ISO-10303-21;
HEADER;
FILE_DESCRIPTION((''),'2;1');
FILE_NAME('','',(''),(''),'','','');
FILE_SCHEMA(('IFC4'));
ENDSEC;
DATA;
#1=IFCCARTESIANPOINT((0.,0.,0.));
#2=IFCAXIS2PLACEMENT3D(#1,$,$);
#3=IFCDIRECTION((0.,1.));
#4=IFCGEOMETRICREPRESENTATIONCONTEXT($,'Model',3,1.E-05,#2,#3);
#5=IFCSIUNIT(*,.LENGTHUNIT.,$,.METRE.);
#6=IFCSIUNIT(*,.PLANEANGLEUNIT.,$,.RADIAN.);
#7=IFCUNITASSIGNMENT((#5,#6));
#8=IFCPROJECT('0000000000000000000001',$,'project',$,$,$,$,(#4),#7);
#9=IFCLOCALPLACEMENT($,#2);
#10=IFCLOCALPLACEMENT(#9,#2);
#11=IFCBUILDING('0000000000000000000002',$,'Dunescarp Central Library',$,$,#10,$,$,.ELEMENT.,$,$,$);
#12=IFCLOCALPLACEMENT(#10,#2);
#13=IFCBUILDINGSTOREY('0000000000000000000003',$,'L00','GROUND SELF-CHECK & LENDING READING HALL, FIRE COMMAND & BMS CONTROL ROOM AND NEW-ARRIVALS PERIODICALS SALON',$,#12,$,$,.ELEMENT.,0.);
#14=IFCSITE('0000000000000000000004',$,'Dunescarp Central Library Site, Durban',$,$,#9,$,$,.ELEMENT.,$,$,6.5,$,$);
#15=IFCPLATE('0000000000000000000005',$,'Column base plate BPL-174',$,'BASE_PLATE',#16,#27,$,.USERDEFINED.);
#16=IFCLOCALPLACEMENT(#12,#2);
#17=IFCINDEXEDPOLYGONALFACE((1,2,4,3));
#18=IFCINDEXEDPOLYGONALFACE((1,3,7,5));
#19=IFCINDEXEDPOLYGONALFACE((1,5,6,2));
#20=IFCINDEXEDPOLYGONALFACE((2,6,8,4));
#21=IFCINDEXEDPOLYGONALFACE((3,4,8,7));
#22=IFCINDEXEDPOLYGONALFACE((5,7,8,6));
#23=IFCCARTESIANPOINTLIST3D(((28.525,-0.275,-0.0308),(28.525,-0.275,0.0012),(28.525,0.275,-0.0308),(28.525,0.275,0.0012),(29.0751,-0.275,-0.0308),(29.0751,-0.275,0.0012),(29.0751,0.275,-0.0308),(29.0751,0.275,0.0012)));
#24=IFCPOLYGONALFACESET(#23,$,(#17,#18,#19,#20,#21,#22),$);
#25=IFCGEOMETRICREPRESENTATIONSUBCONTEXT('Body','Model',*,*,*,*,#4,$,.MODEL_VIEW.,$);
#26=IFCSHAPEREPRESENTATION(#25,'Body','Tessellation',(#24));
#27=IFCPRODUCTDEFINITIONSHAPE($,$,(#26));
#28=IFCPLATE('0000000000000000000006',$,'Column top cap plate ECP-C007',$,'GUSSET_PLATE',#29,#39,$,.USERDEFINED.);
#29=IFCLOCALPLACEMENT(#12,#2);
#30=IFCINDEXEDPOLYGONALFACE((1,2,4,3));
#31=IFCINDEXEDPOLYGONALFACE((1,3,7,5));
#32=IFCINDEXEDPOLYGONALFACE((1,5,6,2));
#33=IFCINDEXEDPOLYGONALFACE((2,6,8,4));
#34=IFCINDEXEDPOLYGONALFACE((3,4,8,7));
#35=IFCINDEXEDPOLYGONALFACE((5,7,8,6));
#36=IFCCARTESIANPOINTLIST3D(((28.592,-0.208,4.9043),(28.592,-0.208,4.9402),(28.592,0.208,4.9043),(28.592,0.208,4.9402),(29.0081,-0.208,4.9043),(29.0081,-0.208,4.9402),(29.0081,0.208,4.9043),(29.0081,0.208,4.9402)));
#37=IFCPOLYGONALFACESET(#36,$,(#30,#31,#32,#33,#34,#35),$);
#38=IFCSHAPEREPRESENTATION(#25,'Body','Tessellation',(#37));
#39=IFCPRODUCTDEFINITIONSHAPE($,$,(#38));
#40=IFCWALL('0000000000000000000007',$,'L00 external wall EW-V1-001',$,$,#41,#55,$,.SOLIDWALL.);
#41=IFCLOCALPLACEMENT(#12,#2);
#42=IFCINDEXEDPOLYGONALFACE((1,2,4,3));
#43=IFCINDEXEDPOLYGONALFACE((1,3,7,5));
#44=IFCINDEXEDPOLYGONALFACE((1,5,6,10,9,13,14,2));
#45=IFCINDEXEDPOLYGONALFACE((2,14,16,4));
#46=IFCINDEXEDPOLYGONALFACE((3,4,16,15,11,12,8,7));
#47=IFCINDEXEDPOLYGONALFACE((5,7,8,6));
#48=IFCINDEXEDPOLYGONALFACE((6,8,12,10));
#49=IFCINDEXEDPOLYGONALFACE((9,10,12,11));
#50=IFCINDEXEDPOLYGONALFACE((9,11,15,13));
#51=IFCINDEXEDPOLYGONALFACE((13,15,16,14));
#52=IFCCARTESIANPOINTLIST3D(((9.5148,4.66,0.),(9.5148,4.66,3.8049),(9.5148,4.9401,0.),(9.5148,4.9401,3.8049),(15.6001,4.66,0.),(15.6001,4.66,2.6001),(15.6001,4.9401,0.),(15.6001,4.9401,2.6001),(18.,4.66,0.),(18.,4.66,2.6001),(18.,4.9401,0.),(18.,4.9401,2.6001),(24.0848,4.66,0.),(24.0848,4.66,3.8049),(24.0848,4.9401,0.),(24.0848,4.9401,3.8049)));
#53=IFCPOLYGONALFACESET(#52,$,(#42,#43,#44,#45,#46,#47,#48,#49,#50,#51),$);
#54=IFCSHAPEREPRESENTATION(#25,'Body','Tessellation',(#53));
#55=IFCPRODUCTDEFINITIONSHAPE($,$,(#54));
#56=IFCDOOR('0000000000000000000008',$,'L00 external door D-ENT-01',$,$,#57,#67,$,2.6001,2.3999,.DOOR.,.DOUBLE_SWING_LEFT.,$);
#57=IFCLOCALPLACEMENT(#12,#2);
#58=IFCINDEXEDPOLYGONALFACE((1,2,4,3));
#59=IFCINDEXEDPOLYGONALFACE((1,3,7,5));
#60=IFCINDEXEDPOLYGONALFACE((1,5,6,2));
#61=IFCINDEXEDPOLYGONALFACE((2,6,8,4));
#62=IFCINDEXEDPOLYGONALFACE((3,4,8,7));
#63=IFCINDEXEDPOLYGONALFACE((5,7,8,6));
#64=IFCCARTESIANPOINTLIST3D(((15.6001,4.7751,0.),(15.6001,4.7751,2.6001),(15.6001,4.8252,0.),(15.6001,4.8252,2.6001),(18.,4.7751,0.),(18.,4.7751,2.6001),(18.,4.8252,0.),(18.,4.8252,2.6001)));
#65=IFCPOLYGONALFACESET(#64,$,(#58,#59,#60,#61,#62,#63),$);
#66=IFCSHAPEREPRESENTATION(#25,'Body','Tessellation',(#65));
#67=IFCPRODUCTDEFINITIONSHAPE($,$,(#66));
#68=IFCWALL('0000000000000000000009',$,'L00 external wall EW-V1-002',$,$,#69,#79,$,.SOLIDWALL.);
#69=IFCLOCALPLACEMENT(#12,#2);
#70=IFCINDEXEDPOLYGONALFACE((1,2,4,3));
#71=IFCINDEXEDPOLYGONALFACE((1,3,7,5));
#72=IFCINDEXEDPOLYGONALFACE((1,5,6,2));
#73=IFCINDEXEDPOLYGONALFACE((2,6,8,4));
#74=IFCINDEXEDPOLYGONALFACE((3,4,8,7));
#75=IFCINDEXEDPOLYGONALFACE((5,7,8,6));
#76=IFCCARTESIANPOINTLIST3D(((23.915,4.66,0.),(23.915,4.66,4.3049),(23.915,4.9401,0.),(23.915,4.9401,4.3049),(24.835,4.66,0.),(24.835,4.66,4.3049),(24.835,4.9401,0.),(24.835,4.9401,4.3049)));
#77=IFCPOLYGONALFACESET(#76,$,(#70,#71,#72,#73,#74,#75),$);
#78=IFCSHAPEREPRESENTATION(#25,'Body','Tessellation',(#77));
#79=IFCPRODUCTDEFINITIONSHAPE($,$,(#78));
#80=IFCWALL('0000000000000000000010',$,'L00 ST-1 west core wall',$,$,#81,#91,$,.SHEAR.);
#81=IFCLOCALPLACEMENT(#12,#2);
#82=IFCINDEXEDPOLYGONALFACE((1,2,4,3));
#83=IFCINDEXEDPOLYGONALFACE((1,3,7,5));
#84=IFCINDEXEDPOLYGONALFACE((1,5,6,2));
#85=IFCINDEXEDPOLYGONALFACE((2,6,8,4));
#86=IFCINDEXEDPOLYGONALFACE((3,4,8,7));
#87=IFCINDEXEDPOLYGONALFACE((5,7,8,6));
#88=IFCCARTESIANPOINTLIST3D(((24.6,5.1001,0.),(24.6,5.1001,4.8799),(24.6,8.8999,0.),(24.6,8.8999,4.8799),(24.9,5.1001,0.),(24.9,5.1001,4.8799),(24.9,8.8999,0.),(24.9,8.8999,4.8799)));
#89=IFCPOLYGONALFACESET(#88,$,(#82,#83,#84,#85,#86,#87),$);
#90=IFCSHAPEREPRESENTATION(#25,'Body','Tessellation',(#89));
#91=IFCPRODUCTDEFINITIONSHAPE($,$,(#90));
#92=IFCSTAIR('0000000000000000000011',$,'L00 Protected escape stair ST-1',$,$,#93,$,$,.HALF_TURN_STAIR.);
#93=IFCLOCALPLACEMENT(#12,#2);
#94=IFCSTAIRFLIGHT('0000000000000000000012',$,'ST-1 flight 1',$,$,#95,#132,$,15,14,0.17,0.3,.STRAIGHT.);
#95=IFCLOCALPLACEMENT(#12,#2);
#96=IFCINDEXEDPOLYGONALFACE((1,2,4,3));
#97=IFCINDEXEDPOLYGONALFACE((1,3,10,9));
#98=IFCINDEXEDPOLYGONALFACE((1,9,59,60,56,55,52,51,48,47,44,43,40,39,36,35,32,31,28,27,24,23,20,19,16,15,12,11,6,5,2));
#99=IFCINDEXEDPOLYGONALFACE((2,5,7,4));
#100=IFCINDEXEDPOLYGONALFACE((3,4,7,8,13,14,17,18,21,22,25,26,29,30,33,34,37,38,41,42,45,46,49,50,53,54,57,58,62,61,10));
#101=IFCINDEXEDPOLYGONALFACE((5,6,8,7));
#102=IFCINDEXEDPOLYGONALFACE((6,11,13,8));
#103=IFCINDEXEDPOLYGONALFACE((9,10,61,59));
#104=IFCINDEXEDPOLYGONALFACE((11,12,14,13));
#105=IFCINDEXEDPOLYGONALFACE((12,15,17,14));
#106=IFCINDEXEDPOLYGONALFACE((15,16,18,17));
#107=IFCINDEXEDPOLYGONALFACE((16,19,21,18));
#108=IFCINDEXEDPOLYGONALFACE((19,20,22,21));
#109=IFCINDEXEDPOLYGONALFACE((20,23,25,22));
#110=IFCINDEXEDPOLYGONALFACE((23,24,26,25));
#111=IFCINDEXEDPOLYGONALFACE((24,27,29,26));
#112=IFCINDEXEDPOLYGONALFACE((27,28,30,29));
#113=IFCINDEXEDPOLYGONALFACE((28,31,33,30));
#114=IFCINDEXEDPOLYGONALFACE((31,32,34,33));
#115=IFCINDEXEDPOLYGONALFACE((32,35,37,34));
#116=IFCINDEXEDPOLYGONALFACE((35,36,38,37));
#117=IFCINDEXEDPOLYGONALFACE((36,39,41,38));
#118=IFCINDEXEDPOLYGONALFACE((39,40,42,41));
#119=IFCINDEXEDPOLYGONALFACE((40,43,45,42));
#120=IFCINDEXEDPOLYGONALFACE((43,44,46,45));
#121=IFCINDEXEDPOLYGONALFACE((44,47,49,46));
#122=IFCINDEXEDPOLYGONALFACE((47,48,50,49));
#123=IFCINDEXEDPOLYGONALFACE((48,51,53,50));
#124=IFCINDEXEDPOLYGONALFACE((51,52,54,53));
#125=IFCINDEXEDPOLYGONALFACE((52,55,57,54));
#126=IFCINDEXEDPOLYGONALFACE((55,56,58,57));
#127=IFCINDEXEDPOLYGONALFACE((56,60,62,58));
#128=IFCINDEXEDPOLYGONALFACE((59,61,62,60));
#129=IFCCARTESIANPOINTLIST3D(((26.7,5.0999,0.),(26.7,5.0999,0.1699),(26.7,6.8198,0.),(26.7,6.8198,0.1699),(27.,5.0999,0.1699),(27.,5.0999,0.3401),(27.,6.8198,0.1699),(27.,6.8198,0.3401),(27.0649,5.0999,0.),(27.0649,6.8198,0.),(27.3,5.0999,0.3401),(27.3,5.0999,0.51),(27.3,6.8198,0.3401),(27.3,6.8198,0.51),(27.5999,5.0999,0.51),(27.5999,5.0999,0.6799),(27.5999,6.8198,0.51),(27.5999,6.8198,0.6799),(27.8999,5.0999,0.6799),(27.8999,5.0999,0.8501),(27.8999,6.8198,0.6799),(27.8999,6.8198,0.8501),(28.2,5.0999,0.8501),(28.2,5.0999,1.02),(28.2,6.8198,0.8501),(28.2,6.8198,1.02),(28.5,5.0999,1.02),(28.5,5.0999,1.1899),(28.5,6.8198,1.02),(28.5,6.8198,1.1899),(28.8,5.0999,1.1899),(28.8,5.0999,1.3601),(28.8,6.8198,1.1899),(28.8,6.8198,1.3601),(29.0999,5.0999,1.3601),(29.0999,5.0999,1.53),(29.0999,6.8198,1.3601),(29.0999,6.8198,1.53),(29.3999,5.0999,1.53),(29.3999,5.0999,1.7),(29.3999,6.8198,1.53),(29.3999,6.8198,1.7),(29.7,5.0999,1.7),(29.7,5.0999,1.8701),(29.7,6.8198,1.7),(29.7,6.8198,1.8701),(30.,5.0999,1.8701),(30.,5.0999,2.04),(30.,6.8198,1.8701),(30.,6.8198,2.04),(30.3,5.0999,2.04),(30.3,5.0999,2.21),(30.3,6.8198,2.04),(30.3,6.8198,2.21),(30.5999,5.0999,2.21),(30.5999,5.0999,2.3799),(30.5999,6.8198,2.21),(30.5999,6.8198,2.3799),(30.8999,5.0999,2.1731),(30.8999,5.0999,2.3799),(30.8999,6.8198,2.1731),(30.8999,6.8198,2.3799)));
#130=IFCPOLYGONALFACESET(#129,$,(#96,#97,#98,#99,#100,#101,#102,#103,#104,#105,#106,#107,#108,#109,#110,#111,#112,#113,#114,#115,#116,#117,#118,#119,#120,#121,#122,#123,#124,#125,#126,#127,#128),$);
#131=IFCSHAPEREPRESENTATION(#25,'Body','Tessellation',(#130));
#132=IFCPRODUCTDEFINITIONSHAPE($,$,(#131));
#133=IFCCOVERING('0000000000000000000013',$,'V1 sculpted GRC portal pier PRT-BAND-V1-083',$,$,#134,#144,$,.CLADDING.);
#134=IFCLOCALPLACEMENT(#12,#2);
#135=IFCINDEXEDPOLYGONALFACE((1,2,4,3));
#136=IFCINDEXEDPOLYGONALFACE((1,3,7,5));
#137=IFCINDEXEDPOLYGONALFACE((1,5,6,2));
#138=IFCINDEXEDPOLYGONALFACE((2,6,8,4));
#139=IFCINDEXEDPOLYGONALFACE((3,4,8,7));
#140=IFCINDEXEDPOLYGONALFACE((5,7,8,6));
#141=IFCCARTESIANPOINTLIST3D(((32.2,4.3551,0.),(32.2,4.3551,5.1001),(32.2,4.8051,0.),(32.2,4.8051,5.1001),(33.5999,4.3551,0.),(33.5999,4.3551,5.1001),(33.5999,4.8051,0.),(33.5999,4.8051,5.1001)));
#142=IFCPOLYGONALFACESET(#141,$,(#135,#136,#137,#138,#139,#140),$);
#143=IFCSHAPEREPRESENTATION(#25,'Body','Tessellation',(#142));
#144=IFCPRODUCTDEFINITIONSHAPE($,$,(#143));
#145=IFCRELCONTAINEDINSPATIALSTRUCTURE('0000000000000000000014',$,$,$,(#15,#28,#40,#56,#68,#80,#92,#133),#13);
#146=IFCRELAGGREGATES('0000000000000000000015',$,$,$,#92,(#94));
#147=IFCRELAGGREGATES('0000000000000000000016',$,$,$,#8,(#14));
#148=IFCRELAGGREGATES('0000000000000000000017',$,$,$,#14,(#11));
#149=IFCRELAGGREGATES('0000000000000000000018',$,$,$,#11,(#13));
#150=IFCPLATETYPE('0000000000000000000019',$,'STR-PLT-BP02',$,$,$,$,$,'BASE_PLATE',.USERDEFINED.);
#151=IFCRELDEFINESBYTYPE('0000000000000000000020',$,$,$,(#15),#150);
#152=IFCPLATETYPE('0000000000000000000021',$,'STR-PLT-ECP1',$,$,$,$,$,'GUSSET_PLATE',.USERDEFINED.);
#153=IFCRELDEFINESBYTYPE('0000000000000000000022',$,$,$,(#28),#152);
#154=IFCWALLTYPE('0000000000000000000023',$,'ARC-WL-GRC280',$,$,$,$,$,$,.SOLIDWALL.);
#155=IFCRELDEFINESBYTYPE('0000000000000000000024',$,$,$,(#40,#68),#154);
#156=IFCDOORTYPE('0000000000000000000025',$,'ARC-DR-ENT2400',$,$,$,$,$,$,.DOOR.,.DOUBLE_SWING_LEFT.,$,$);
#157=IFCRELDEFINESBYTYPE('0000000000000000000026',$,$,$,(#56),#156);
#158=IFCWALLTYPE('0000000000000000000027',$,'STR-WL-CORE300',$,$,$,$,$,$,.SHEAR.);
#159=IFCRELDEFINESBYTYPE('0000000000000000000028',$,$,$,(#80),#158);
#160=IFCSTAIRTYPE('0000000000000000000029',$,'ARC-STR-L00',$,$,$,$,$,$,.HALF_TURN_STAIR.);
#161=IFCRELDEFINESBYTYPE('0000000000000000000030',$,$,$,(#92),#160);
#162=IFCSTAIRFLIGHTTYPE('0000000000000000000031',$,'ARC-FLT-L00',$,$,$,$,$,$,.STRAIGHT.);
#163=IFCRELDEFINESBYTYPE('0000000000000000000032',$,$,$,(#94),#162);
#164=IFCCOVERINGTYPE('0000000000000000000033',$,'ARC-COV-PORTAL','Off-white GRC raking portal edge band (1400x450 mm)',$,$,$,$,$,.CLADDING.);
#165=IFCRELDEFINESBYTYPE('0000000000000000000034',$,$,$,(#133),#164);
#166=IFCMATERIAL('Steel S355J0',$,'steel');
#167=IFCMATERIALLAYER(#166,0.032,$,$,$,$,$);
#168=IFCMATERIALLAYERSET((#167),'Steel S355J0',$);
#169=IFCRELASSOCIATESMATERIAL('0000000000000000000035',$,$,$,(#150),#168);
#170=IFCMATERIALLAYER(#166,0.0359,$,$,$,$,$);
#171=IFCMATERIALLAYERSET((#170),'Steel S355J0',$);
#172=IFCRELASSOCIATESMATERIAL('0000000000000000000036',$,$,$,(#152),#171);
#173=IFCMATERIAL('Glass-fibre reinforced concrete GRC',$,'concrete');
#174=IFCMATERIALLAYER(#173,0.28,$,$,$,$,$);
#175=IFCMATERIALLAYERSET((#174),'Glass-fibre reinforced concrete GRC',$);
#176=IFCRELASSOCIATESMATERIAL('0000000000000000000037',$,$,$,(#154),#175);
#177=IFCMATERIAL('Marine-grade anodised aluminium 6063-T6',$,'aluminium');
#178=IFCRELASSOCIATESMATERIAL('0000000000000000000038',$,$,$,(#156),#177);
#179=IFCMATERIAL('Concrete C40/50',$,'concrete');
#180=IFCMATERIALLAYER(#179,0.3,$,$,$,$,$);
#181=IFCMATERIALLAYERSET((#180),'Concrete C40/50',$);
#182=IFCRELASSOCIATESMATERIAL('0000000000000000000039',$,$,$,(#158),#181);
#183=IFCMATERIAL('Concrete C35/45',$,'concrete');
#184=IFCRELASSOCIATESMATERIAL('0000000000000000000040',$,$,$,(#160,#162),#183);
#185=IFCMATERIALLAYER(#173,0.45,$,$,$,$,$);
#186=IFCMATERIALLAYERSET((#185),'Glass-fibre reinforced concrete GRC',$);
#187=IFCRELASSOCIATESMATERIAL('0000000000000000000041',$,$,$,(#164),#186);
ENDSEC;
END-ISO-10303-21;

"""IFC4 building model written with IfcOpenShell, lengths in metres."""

from ifc_helpers import new_model, si_unit, direction, frame, frame_2d, origin, origin_2d, place, context, subcontext, project, spatial, polyline, rectangle, outline, extrude, material, layer, layer_set, type_object, element, fill, aggregate, save


model = new_model("IFC4")

# Units and contexts
model_context = context("Model", 3, precision=1e-05, world=origin(), true_north=direction((0.0, 1.0)))
body_context = subcontext(model_context, "Body", "Model", "MODEL_VIEW")
ifc_project = project(units=[si_unit("LENGTHUNIT", "METRE"), si_unit("PLANEANGLEUNIT", "RADIAN")], contexts=[model_context])

# Site, building, storey
site_placement = place(None, origin())
site = spatial("IfcSite", under=ifc_project, at=site_placement, Name="Dunescarp Central Library Site, Durban", CompositionType="ELEMENT", RefElevation=6.5)
building_placement = place(site_placement, origin())
building = spatial("IfcBuilding", under=site, at=building_placement, Name="Dunescarp Central Library", CompositionType="ELEMENT")
storey_placement = place(building_placement, origin())
storey = spatial("IfcBuildingStorey", under=building, at=storey_placement, Name="L00", Description="GROUND SELF-CHECK & LENDING READING HALL, FIRE COMMAND & BMS CONTROL ROOM AND NEW-ARRIVALS PERIODICALS SALON", CompositionType="ELEMENT", Elevation=0.0)

# Shared definitions
ifc_material_1 = material(Name="Concrete C35/45", Category="concrete")
ifc_material_2 = material(Name="Concrete C40/50", Category="concrete")

# Shared definitions
ifc_material_3 = material(Name="Steel S355J0", Category="steel")

# Plates
ifc_layer_1 = layer(ifc_material_3, 0.032)
ifc_layer_set_1 = layer_set([ifc_layer_1], Name="Steel S355J0")
plate_type_1 = type_object("IfcPlateType", Name="STR-PLT-BP02", ElementType="BASE_PLATE", PredefinedType="USERDEFINED", material=ifc_layer_set_1)
plate_1_placement = place(storey_placement, frame((28.8, 0.0, -0.0308), z_axis=(0.0, 0.0, 1.0), x_axis=(1.0, 0.0, 0.0)))
element("IfcPlate", 1, at=plate_1_placement, inside=storey, type_object=plate_type_1, Name="Column base plate BPL-174", ObjectType="BASE_PLATE", PredefinedType="USERDEFINED", context=body_context, shape_type="SweptSolid", body=[
    extrude(rectangle(XDim=0.55, YDim=0.55, at=origin_2d()), origin(), (0.0, 0.0, 1.0), 0.032),
])
ifc_layer_2 = layer(ifc_material_3, 0.0359)
ifc_layer_set_2 = layer_set([ifc_layer_2], Name="Steel S355J0")
plate_type_2 = type_object("IfcPlateType", Name="STR-PLT-ECP1", ElementType="GUSSET_PLATE", PredefinedType="USERDEFINED", material=ifc_layer_set_2)
plate_2_placement = place(storey_placement, frame((28.8, 0.0, 4.9043), z_axis=(0.0, 0.0, 1.0), x_axis=(1.0, 0.0, 0.0)))
element("IfcPlate", 2, at=plate_2_placement, inside=storey, type_object=plate_type_2, Name="Column top cap plate ECP-C007", ObjectType="GUSSET_PLATE", PredefinedType="USERDEFINED", context=body_context, shape_type="SweptSolid", body=[
    extrude(rectangle(XDim=0.416, YDim=0.416, at=origin_2d()), origin(), (0.0, 0.0, 1.0), 0.0359),
])

# Wall, opening, door
ifc_material_4 = material(Name="Glass-fibre reinforced concrete GRC", Category="concrete")
ifc_layer_3 = layer(ifc_material_4, 0.28)
ifc_layer_set_3 = layer_set([ifc_layer_3], Name="Glass-fibre reinforced concrete GRC")
wall_type_1 = type_object("IfcWallType", Name="ARC-WL-GRC280", PredefinedType="SOLIDWALL", material=ifc_layer_set_3)
wall_1_placement = place(storey_placement, frame((24.085, 4.8, 0.0), z_axis=(0.0, 0.0, 1.0), x_axis=(-1.0, 0.0, 0.0)))
wall_1 = element("IfcWall", 3, at=wall_1_placement, inside=storey, type_object=wall_type_1, Name="L00 external wall EW-V1-001", PredefinedType="SOLIDWALL", context=body_context, shape_type="SweptSolid", body=[
    extrude(rectangle(XDim=14.5701, YDim=0.28, at=frame_2d((7.2852, 0.0))), origin(), (0.0, 0.0, 1.0), 3.8049),
])
opening_1_placement = place(wall_1_placement, frame((6.085, 0.0, 0.0)))
opening_1 = element("IfcOpeningElement", 4, at=opening_1_placement, cuts=wall_1, PredefinedType="OPENING", context=body_context, shape_type="SweptSolid", body=[
    extrude(rectangle(XDim=2.3999, YDim=2.6001, at=frame_2d((1.2, 1.3))), frame((0.0, 0.1499, 0.0), z_axis=(0.0, -1.0, 0.0), x_axis=(1.0, 0.0, 0.0)), (0.0, 0.0, 1.0), 0.3),
])
ifc_material_5 = material(Name="Marine-grade anodised aluminium 6063-T6", Category="aluminium")
door_type_1 = type_object("IfcDoorType", Name="ARC-DR-ENT2400", OperationType="DOUBLE_SWING_LEFT", PredefinedType="DOOR", material=ifc_material_5)
door_1_placement = place(opening_1_placement, origin())
door_1 = element("IfcDoor", 5, at=door_1_placement, inside=storey, type_object=door_type_1, Name="L00 external door D-ENT-01", OperationType="DOUBLE_SWING_LEFT", OverallHeight=2.6001, OverallWidth=2.3999, PredefinedType="DOOR", context=body_context, shape_type="SweptSolid", body=[
    extrude(rectangle(XDim=2.3999, YDim=2.6001, at=frame_2d((1.2, 1.3))), frame((0.0, 0.0249, 0.0), z_axis=(0.0, -1.0, 0.0), x_axis=(1.0, 0.0, 0.0)), (0.0, 0.0, 1.0), 0.05),
])
fill(opening_1, door_1)

# Wall
wall_2_placement = place(storey_placement, frame((24.835, 4.8, 0.0), z_axis=(0.0, 0.0, 1.0), x_axis=(-1.0, 0.0, 0.0)))
element("IfcWall", 6, at=wall_2_placement, inside=storey, type_object=wall_type_1, Name="L00 external wall EW-V1-002", PredefinedType="SOLIDWALL", context=body_context, shape_type="SweptSolid", body=[
    extrude(rectangle(XDim=0.9199, YDim=0.28, at=frame_2d((0.46, 0.0))), origin(), (0.0, 0.0, 1.0), 4.3049),
])

# Shared definitions
ifc_layer_4 = layer(ifc_material_2, 0.3)
ifc_layer_set_4 = layer_set([ifc_layer_4], Name="Concrete C40/50")
wall_type_2 = type_object("IfcWallType", Name="STR-WL-CORE300", PredefinedType="SHEAR", material=ifc_layer_set_4)

# Wall
wall_3_placement = place(storey_placement, frame((24.75, 5.1001, 0.0), z_axis=(0.0, 0.0, 1.0), x_axis=(0.0, 1.0, 0.0)))
element("IfcWall", 7, at=wall_3_placement, inside=storey, type_object=wall_type_2, Name="L00 ST-1 west core wall", PredefinedType="SHEAR", context=body_context, shape_type="SweptSolid", body=[
    extrude(rectangle(XDim=3.7998, YDim=0.3, at=frame_2d((1.8999, 0.0))), origin(), (0.0, 0.0, 1.0), 4.8799),
])

# Stair, stair flight
stair_type = type_object("IfcStairType", Name="ARC-STR-L00", PredefinedType="HALF_TURN_STAIR", material=ifc_material_1)
stair_placement = place(storey_placement, origin())
stair = element("IfcStair", 8, at=stair_placement, inside=storey, type_object=stair_type, Name="L00 Protected escape stair ST-1", PredefinedType="HALF_TURN_STAIR")
stair_flight_type = type_object("IfcStairFlightType", Name="ARC-FLT-L00", PredefinedType="STRAIGHT", material=ifc_material_1)
stair_flight_placement = place(storey_placement, frame((26.7, 5.96, 0.0), z_axis=(0.0, 0.0, 1.0), x_axis=(1.0, 0.0, 0.0)))
stair_flight = element("IfcStairFlight", 9, at=stair_flight_placement, type_object=stair_flight_type, Name="ST-1 flight 1", NumberOfRisers=15, NumberOfTreads=14, PredefinedType="STRAIGHT", RiserHeight=0.17, TreadLength=0.3, context=body_context, shape_type="SweptSolid", body=[
    extrude(outline(polyline([(0.0, 0.0), (0.0, 0.1699), (0.3, 0.1699), (0.3, 0.3401), (0.6001, 0.3401), (0.6001, 0.51), (0.8999, 0.51), (0.8999, 0.6799), (1.2, 0.6799), (1.2, 0.8501), (1.5, 0.8501), (1.5, 1.02), (1.8, 1.02), (1.8, 1.1899), (2.1001, 1.1899), (2.1001, 1.3601), (2.3999, 1.3601), (2.3999, 1.53), (2.7, 1.53), (2.7, 1.7), (3.0, 1.7), (3.0, 1.8701), (3.3, 1.8701), (3.3, 2.04), (3.6001, 2.04), (3.6001, 2.21), (3.8999, 2.21), (3.8999, 2.3799), (4.2, 2.3799), (4.2, 2.55), (4.2, 2.1731), (0.365, 0.0), (0.0, 0.0)])), frame((0.0, 0.8599, 0.0), z_axis=(0.0, -1.0, 0.0), x_axis=(1.0, 0.0, 0.0)), (0.0, 0.0, 1.0), 1.72),
])
aggregate(stair, [stair_flight])

# Covering
ifc_layer_5 = layer(ifc_material_4, 0.45)
ifc_layer_set_5 = layer_set([ifc_layer_5], Name="Glass-fibre reinforced concrete GRC")
covering_type = type_object("IfcCoveringType", Name="ARC-COV-PORTAL", Description="Off-white GRC raking portal edge band (1400x450 mm)", PredefinedType="CLADDING", material=ifc_layer_set_5)
covering_placement = place(storey_placement, frame((32.8999, 4.5801, 0.0), z_axis=(0.0, 0.0, 1.0), x_axis=(1.0, 0.0, 0.0)))
element("IfcCovering", 10, at=covering_placement, inside=storey, type_object=covering_type, Name="V1 sculpted GRC portal pier PRT-BAND-V1-083", PredefinedType="CLADDING", context=body_context, shape_type="SweptSolid", body=[
    extrude(rectangle(XDim=1.3999, YDim=0.45, at=origin_2d()), origin(), (0.0, 0.0, 1.0), 5.1001),
])

save(model, "model.ifc")
